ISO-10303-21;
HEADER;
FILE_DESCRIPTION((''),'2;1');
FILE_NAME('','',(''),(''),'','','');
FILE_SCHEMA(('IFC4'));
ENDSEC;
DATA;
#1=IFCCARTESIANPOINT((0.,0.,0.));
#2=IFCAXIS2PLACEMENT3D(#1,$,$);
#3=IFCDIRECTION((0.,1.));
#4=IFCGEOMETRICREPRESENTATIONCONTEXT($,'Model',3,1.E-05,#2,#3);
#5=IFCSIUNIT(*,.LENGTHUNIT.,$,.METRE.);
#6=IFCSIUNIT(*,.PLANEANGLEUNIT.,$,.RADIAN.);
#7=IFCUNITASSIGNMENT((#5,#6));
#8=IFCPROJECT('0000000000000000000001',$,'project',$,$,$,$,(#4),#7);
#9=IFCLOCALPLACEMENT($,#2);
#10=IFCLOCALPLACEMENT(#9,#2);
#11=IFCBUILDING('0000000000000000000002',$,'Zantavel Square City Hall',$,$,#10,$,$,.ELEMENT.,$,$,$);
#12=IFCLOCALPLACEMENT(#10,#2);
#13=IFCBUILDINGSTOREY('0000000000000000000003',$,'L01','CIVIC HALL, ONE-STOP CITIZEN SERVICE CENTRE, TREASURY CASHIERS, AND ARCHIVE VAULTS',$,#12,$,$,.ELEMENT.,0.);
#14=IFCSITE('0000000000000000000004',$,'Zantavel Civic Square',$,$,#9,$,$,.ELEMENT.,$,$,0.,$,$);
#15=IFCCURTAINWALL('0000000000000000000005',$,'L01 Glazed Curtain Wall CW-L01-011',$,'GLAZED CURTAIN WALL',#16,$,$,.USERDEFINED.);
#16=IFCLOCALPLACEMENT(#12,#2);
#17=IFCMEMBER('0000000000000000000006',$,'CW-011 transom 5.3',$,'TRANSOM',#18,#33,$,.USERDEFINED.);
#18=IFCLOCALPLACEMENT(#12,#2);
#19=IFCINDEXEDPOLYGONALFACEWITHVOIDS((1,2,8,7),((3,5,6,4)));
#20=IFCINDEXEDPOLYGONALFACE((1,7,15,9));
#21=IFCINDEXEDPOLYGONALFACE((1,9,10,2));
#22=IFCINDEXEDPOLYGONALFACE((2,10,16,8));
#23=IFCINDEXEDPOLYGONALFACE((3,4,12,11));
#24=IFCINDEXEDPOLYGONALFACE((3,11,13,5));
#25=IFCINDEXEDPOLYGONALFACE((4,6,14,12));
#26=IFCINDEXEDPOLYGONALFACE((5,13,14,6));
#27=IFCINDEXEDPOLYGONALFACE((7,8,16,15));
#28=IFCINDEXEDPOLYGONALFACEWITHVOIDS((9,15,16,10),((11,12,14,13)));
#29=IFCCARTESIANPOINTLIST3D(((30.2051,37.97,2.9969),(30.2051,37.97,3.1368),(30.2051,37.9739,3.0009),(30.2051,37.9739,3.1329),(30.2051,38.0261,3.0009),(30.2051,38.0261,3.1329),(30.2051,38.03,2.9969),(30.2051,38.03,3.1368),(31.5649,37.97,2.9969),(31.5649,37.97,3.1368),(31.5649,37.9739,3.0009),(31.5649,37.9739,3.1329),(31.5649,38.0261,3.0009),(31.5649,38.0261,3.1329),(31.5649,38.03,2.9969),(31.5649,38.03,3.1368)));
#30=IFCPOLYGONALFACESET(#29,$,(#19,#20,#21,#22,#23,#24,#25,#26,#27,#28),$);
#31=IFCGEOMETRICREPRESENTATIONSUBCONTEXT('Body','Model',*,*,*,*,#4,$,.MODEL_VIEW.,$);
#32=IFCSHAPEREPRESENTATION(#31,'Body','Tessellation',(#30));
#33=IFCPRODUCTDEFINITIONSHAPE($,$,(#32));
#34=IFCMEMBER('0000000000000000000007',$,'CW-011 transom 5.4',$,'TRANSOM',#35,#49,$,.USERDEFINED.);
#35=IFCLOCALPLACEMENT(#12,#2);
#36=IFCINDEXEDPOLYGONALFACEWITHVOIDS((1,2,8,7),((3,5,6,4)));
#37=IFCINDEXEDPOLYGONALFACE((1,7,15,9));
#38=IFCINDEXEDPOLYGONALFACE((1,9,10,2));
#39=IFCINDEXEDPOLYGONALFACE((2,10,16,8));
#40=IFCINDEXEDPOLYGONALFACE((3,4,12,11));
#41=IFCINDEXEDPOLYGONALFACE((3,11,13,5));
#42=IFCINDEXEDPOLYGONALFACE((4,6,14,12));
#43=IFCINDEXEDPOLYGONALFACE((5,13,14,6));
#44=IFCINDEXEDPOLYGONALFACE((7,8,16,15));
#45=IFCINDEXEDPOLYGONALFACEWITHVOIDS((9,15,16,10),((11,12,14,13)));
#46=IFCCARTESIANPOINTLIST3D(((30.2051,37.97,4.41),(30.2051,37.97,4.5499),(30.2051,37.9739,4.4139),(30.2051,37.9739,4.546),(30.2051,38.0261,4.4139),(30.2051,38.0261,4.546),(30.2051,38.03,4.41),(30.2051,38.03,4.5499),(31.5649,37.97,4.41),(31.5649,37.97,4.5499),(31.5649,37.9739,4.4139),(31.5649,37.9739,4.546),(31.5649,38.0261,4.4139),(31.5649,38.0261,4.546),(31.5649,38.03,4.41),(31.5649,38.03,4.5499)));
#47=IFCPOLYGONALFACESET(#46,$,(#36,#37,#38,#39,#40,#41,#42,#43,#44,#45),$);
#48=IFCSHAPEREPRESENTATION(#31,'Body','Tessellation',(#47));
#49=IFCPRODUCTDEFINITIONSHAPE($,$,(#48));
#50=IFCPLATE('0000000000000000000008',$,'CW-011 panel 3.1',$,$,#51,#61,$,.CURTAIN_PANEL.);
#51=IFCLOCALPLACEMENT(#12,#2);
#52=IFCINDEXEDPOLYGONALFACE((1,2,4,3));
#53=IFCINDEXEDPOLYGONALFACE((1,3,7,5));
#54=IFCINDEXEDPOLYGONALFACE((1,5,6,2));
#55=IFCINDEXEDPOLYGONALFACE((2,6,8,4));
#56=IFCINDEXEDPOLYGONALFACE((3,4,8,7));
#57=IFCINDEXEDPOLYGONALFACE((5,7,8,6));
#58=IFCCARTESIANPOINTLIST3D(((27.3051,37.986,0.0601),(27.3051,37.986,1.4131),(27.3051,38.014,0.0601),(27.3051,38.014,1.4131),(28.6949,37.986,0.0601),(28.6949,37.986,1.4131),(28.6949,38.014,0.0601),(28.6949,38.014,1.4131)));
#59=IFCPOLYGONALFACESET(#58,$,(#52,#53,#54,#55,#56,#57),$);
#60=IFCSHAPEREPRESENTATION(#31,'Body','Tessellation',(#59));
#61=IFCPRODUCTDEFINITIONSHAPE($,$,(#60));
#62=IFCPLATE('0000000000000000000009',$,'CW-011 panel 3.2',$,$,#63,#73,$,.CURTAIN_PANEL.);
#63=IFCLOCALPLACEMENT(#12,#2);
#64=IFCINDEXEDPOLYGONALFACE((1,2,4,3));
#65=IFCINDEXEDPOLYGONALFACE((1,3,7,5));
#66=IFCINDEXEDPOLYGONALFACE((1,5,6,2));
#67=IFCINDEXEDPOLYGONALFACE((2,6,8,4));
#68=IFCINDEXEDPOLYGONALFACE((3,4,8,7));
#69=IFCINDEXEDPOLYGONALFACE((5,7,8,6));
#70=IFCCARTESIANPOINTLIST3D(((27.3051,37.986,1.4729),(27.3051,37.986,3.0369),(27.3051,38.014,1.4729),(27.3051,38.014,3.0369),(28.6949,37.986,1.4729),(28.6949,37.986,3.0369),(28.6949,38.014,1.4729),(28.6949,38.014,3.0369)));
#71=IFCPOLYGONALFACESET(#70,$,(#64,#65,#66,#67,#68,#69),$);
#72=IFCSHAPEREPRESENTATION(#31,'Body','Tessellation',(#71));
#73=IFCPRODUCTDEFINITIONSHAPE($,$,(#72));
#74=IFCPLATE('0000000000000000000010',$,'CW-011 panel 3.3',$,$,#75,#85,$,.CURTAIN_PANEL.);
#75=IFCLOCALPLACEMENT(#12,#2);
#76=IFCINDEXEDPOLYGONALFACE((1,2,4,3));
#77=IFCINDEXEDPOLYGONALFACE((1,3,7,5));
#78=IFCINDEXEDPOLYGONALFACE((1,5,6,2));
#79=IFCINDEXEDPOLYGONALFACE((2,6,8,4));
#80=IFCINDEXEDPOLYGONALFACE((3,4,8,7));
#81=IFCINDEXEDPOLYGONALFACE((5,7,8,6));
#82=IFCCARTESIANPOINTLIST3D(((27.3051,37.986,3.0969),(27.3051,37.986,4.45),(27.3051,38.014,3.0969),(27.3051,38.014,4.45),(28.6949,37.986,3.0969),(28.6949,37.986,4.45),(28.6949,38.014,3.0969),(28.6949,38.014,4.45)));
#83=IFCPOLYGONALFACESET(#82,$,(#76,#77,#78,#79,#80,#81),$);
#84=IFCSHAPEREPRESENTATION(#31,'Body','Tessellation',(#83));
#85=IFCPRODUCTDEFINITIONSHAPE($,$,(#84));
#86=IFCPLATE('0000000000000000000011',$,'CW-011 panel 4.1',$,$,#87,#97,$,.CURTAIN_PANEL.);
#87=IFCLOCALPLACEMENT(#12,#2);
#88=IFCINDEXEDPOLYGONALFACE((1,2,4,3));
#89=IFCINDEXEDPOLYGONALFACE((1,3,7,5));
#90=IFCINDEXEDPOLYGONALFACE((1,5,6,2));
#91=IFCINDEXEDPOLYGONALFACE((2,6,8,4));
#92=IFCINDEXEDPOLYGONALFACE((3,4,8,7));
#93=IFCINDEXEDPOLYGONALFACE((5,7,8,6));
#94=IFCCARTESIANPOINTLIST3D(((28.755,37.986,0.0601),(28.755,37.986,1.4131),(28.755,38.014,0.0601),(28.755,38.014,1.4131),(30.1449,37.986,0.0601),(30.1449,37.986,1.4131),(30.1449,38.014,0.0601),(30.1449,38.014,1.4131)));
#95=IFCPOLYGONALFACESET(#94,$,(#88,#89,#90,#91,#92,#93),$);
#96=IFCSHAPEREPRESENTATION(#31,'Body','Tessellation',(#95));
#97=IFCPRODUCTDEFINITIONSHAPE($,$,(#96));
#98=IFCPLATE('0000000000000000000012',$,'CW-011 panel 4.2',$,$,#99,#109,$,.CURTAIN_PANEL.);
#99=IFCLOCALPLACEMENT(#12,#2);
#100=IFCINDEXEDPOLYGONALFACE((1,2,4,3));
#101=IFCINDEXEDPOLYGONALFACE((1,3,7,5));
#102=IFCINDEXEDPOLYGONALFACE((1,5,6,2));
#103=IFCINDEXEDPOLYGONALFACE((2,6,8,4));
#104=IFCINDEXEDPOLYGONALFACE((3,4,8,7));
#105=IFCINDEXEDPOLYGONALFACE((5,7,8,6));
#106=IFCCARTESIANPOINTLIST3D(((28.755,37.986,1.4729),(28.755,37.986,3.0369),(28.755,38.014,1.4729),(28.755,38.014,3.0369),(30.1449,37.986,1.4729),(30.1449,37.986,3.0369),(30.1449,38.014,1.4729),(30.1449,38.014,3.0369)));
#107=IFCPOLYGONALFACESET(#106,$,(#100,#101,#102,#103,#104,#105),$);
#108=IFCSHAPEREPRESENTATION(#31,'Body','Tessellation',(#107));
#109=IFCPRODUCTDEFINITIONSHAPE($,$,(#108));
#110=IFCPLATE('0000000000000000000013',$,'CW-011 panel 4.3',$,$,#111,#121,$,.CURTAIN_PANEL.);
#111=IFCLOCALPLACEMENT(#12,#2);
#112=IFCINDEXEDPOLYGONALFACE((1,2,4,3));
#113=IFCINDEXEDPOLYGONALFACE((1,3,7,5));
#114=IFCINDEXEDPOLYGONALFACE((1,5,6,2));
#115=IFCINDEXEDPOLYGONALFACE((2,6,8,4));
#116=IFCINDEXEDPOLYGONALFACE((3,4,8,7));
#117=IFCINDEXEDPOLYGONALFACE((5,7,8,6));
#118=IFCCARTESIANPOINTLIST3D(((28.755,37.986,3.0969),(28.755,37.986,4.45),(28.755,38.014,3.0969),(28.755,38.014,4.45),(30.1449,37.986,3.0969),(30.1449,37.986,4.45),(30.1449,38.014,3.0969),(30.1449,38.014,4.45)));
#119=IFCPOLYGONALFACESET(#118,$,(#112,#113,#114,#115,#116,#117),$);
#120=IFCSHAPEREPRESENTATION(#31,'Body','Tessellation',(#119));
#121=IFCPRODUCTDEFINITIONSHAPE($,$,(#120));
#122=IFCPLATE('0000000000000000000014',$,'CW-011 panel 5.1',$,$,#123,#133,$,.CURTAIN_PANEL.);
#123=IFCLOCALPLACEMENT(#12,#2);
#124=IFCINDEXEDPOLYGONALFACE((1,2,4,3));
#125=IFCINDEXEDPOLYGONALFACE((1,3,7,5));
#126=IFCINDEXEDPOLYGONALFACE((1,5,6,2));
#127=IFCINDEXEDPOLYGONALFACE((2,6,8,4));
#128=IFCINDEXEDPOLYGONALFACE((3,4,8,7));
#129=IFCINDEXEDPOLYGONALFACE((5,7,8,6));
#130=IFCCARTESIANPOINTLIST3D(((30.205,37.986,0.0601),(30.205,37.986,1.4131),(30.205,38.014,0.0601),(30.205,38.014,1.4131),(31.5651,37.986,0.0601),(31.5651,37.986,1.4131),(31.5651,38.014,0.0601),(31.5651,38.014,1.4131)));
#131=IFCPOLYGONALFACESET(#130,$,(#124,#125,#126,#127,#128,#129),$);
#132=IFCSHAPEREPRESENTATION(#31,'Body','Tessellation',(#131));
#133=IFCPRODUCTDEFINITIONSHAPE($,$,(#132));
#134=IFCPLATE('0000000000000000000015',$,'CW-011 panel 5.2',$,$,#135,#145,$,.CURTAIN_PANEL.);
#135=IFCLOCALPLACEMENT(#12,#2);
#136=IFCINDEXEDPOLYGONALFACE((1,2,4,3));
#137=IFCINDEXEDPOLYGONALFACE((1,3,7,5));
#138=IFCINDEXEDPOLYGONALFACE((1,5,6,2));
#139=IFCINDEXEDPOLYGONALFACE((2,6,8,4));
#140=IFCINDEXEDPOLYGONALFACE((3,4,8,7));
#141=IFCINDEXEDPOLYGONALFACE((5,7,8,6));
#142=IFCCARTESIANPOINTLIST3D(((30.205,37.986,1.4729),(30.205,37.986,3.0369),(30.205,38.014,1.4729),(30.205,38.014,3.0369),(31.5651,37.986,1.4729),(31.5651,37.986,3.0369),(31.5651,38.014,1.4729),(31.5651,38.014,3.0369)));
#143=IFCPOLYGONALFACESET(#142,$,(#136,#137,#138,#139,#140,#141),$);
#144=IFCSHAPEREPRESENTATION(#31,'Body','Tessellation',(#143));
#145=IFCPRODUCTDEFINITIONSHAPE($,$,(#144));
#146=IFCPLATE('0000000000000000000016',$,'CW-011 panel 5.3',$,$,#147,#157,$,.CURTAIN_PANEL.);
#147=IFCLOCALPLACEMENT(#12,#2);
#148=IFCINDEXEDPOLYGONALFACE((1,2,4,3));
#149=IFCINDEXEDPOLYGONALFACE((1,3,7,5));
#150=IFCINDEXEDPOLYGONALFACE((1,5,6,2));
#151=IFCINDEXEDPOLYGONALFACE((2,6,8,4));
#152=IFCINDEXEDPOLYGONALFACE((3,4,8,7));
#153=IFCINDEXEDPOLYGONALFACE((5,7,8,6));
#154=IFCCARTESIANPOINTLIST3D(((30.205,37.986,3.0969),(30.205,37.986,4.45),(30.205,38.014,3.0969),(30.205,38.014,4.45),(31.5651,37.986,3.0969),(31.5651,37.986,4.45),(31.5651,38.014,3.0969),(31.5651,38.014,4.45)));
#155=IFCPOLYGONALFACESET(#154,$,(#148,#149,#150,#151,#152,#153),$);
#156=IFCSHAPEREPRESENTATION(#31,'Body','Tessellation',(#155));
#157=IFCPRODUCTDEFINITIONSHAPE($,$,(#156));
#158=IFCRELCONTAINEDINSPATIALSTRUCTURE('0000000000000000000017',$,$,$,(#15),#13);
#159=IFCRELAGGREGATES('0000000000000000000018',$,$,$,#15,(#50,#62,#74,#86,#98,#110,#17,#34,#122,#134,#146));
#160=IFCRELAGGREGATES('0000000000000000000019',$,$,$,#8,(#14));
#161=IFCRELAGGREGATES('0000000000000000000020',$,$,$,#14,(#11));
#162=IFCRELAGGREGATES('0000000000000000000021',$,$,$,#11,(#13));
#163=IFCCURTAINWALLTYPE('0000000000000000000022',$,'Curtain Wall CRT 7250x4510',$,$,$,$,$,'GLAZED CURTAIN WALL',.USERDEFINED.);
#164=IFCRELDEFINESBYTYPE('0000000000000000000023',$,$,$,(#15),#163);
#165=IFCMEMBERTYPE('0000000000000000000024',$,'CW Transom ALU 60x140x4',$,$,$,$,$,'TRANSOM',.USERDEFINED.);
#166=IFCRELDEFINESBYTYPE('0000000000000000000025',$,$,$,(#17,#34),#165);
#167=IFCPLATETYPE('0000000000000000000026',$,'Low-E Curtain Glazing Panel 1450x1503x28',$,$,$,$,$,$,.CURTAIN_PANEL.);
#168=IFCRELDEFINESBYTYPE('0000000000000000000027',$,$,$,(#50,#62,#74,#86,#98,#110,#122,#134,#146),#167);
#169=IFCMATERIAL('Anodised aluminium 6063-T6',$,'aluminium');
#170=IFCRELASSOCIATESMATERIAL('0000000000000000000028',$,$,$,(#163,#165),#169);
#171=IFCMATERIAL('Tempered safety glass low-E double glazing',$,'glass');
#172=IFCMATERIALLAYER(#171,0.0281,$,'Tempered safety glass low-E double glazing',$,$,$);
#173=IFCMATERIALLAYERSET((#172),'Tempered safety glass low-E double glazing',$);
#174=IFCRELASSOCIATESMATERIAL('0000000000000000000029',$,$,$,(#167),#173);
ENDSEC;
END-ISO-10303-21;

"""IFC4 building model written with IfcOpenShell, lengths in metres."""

from ifc_helpers import new_model, si_unit, direction, frame, origin, origin_2d, place, context, subcontext, project, spatial, rectangle, hollow_rectangle, extrude, material, layer, layer_set, material_profile, profile_set, type_object, element, aggregate, save


model = new_model("IFC4")

# Units and contexts
model_context = context("Model", 3, precision=1e-05, world=origin(), true_north=direction((0.0, 1.0)))
body_context = subcontext(model_context, "Body", "Model", "MODEL_VIEW")
ifc_project = project(units=[si_unit("LENGTHUNIT", "METRE"), si_unit("PLANEANGLEUNIT", "RADIAN")], contexts=[model_context])

# Site, building, storey
site_placement = place(None, origin())
site = spatial("IfcSite", under=ifc_project, at=site_placement, Name="Zantavel Civic Square", CompositionType="ELEMENT", RefElevation=0.0)
building_placement = place(site_placement, origin())
building = spatial("IfcBuilding", under=site, at=building_placement, Name="Zantavel Square City Hall", CompositionType="ELEMENT")
storey_placement = place(building_placement, origin())
storey = spatial("IfcBuildingStorey", under=building, at=storey_placement, Name="L01", Description="CIVIC HALL, ONE-STOP CITIZEN SERVICE CENTRE, TREASURY CASHIERS, AND ARCHIVE VAULTS", CompositionType="ELEMENT", Elevation=0.0)

# Curtain wall, members, plates
ifc_material_1 = material(Name="Anodised aluminium 6063-T6", Category="aluminium")
curtain_wall_type = type_object("IfcCurtainWallType", Name="Curtain Wall CRT 7250x4510", ElementType="GLAZED CURTAIN WALL", PredefinedType="USERDEFINED", material=ifc_material_1)
curtain_wall_placement = place(storey_placement, origin())
curtain_wall = element("IfcCurtainWall", 1, at=curtain_wall_placement, inside=storey, type_object=curtain_wall_type, Name="L01 Glazed Curtain Wall CW-L01-011", ObjectType="GLAZED CURTAIN WALL", PredefinedType="USERDEFINED")
ifc_material_profile_1 = material_profile(ifc_material_1, hollow_rectangle(XDim=0.0601, YDim=0.1399, WallThickness=0.0039, at=origin_2d()), Name="ALU 60x140x4")
ifc_profile_set_1 = profile_set([ifc_material_profile_1], Name="Anodised aluminium 6063-T6")
member_type_1 = type_object("IfcMemberType", Name="CW Transom ALU 60x140x4", ElementType="TRANSOM", PredefinedType="USERDEFINED", material=ifc_profile_set_1)
member_1_placement = place(storey_placement, frame((30.2051, 38.0, 3.0669), z_axis=(1.0, 0.0, 0.0), x_axis=(0.0, 1.0, 0.0)))
member_1 = element("IfcMember", 2, at=member_1_placement, type_object=member_type_1, Name="CW-011 transom 5.3", ObjectType="TRANSOM", PredefinedType="USERDEFINED", context=body_context, shape_type="SweptSolid", body=[
    extrude(hollow_rectangle(XDim=0.0601, YDim=0.1399, WallThickness=0.0039, at=origin_2d()), origin(), (0.0, 0.0, 1.0), 1.3599),
])
member_2_placement = place(storey_placement, frame((30.2051, 38.0, 4.48), z_axis=(1.0, 0.0, 0.0), x_axis=(0.0, 1.0, 0.0)))
member_2 = element("IfcMember", 3, at=member_2_placement, type_object=member_type_1, Name="CW-011 transom 5.4", ObjectType="TRANSOM", PredefinedType="USERDEFINED", context=body_context, shape_type="SweptSolid", body=[
    extrude(hollow_rectangle(XDim=0.0601, YDim=0.1399, WallThickness=0.0039, at=origin_2d()), origin(), (0.0, 0.0, 1.0), 1.3599),
])
ifc_material_2 = material(Name="Tempered safety glass low-E double glazing", Category="glass")
ifc_layer = layer(ifc_material_2, 0.0281, Name="Tempered safety glass low-E double glazing")
ifc_layer_set = layer_set([ifc_layer], Name="Tempered safety glass low-E double glazing")
plate_type = type_object("IfcPlateType", Name="Low-E Curtain Glazing Panel 1450x1503x28", PredefinedType="CURTAIN_PANEL", material=ifc_layer_set)
plate_1_placement = place(storey_placement, frame((28.0, 38.0, 0.0601), z_axis=(0.0, 0.0, 1.0), x_axis=(1.0, 0.0, 0.0)))
plate_1 = element("IfcPlate", 4, at=plate_1_placement, type_object=plate_type, Name="CW-011 panel 3.1", PredefinedType="CURTAIN_PANEL", context=body_context, shape_type="SweptSolid", body=[
    extrude(rectangle(XDim=1.3899, YDim=0.0281, at=origin_2d()), origin(), (0.0, 0.0, 1.0), 1.353),
])
plate_2_placement = place(storey_placement, frame((28.0, 38.0, 1.4729), z_axis=(0.0, 0.0, 1.0), x_axis=(1.0, 0.0, 0.0)))
plate_2 = element("IfcPlate", 5, at=plate_2_placement, type_object=plate_type, Name="CW-011 panel 3.2", PredefinedType="CURTAIN_PANEL", context=body_context, shape_type="SweptSolid", body=[
    extrude(rectangle(XDim=1.3899, YDim=0.0281, at=origin_2d()), origin(), (0.0, 0.0, 1.0), 1.564),
])
plate_3_placement = place(storey_placement, frame((28.0, 38.0, 3.0969), z_axis=(0.0, 0.0, 1.0), x_axis=(1.0, 0.0, 0.0)))
plate_3 = element("IfcPlate", 6, at=plate_3_placement, type_object=plate_type, Name="CW-011 panel 3.3", PredefinedType="CURTAIN_PANEL", context=body_context, shape_type="SweptSolid", body=[
    extrude(rectangle(XDim=1.3899, YDim=0.0281, at=origin_2d()), origin(), (0.0, 0.0, 1.0), 1.353),
])
plate_4_placement = place(storey_placement, frame((29.45, 38.0, 0.0601), z_axis=(0.0, 0.0, 1.0), x_axis=(1.0, 0.0, 0.0)))
plate_4 = element("IfcPlate", 7, at=plate_4_placement, type_object=plate_type, Name="CW-011 panel 4.1", PredefinedType="CURTAIN_PANEL", context=body_context, shape_type="SweptSolid", body=[
    extrude(rectangle(XDim=1.3899, YDim=0.0281, at=origin_2d()), origin(), (0.0, 0.0, 1.0), 1.353),
])
plate_5_placement = place(storey_placement, frame((29.45, 38.0, 1.4729), z_axis=(0.0, 0.0, 1.0), x_axis=(1.0, 0.0, 0.0)))
plate_5 = element("IfcPlate", 8, at=plate_5_placement, type_object=plate_type, Name="CW-011 panel 4.2", PredefinedType="CURTAIN_PANEL", context=body_context, shape_type="SweptSolid", body=[
    extrude(rectangle(XDim=1.3899, YDim=0.0281, at=origin_2d()), origin(), (0.0, 0.0, 1.0), 1.564),
])
plate_6_placement = place(storey_placement, frame((29.45, 38.0, 3.0969), z_axis=(0.0, 0.0, 1.0), x_axis=(1.0, 0.0, 0.0)))
plate_6 = element("IfcPlate", 9, at=plate_6_placement, type_object=plate_type, Name="CW-011 panel 4.3", PredefinedType="CURTAIN_PANEL", context=body_context, shape_type="SweptSolid", body=[
    extrude(rectangle(XDim=1.3899, YDim=0.0281, at=origin_2d()), origin(), (0.0, 0.0, 1.0), 1.353),
])
plate_7_placement = place(storey_placement, frame((30.885, 38.0, 0.0601), z_axis=(0.0, 0.0, 1.0), x_axis=(1.0, 0.0, 0.0)))
plate_7 = element("IfcPlate", 10, at=plate_7_placement, type_object=plate_type, Name="CW-011 panel 5.1", PredefinedType="CURTAIN_PANEL", context=body_context, shape_type="SweptSolid", body=[
    extrude(rectangle(XDim=1.3601, YDim=0.0281, at=origin_2d()), origin(), (0.0, 0.0, 1.0), 1.353),
])
plate_8_placement = place(storey_placement, frame((30.885, 38.0, 1.4729), z_axis=(0.0, 0.0, 1.0), x_axis=(1.0, 0.0, 0.0)))
plate_8 = element("IfcPlate", 11, at=plate_8_placement, type_object=plate_type, Name="CW-011 panel 5.2", PredefinedType="CURTAIN_PANEL", context=body_context, shape_type="SweptSolid", body=[
    extrude(rectangle(XDim=1.3601, YDim=0.0281, at=origin_2d()), origin(), (0.0, 0.0, 1.0), 1.564),
])
plate_9_placement = place(storey_placement, frame((30.885, 38.0, 3.0969), z_axis=(0.0, 0.0, 1.0), x_axis=(1.0, 0.0, 0.0)))
plate_9 = element("IfcPlate", 12, at=plate_9_placement, type_object=plate_type, Name="CW-011 panel 5.3", PredefinedType="CURTAIN_PANEL", context=body_context, shape_type="SweptSolid", body=[
    extrude(rectangle(XDim=1.3601, YDim=0.0281, at=origin_2d()), origin(), (0.0, 0.0, 1.0), 1.353),
])
aggregate(curtain_wall, [plate_1, plate_2, plate_3, plate_4, plate_5, plate_6, member_1, member_2, plate_7, plate_8, plate_9])

save(model, "model.ifc")
